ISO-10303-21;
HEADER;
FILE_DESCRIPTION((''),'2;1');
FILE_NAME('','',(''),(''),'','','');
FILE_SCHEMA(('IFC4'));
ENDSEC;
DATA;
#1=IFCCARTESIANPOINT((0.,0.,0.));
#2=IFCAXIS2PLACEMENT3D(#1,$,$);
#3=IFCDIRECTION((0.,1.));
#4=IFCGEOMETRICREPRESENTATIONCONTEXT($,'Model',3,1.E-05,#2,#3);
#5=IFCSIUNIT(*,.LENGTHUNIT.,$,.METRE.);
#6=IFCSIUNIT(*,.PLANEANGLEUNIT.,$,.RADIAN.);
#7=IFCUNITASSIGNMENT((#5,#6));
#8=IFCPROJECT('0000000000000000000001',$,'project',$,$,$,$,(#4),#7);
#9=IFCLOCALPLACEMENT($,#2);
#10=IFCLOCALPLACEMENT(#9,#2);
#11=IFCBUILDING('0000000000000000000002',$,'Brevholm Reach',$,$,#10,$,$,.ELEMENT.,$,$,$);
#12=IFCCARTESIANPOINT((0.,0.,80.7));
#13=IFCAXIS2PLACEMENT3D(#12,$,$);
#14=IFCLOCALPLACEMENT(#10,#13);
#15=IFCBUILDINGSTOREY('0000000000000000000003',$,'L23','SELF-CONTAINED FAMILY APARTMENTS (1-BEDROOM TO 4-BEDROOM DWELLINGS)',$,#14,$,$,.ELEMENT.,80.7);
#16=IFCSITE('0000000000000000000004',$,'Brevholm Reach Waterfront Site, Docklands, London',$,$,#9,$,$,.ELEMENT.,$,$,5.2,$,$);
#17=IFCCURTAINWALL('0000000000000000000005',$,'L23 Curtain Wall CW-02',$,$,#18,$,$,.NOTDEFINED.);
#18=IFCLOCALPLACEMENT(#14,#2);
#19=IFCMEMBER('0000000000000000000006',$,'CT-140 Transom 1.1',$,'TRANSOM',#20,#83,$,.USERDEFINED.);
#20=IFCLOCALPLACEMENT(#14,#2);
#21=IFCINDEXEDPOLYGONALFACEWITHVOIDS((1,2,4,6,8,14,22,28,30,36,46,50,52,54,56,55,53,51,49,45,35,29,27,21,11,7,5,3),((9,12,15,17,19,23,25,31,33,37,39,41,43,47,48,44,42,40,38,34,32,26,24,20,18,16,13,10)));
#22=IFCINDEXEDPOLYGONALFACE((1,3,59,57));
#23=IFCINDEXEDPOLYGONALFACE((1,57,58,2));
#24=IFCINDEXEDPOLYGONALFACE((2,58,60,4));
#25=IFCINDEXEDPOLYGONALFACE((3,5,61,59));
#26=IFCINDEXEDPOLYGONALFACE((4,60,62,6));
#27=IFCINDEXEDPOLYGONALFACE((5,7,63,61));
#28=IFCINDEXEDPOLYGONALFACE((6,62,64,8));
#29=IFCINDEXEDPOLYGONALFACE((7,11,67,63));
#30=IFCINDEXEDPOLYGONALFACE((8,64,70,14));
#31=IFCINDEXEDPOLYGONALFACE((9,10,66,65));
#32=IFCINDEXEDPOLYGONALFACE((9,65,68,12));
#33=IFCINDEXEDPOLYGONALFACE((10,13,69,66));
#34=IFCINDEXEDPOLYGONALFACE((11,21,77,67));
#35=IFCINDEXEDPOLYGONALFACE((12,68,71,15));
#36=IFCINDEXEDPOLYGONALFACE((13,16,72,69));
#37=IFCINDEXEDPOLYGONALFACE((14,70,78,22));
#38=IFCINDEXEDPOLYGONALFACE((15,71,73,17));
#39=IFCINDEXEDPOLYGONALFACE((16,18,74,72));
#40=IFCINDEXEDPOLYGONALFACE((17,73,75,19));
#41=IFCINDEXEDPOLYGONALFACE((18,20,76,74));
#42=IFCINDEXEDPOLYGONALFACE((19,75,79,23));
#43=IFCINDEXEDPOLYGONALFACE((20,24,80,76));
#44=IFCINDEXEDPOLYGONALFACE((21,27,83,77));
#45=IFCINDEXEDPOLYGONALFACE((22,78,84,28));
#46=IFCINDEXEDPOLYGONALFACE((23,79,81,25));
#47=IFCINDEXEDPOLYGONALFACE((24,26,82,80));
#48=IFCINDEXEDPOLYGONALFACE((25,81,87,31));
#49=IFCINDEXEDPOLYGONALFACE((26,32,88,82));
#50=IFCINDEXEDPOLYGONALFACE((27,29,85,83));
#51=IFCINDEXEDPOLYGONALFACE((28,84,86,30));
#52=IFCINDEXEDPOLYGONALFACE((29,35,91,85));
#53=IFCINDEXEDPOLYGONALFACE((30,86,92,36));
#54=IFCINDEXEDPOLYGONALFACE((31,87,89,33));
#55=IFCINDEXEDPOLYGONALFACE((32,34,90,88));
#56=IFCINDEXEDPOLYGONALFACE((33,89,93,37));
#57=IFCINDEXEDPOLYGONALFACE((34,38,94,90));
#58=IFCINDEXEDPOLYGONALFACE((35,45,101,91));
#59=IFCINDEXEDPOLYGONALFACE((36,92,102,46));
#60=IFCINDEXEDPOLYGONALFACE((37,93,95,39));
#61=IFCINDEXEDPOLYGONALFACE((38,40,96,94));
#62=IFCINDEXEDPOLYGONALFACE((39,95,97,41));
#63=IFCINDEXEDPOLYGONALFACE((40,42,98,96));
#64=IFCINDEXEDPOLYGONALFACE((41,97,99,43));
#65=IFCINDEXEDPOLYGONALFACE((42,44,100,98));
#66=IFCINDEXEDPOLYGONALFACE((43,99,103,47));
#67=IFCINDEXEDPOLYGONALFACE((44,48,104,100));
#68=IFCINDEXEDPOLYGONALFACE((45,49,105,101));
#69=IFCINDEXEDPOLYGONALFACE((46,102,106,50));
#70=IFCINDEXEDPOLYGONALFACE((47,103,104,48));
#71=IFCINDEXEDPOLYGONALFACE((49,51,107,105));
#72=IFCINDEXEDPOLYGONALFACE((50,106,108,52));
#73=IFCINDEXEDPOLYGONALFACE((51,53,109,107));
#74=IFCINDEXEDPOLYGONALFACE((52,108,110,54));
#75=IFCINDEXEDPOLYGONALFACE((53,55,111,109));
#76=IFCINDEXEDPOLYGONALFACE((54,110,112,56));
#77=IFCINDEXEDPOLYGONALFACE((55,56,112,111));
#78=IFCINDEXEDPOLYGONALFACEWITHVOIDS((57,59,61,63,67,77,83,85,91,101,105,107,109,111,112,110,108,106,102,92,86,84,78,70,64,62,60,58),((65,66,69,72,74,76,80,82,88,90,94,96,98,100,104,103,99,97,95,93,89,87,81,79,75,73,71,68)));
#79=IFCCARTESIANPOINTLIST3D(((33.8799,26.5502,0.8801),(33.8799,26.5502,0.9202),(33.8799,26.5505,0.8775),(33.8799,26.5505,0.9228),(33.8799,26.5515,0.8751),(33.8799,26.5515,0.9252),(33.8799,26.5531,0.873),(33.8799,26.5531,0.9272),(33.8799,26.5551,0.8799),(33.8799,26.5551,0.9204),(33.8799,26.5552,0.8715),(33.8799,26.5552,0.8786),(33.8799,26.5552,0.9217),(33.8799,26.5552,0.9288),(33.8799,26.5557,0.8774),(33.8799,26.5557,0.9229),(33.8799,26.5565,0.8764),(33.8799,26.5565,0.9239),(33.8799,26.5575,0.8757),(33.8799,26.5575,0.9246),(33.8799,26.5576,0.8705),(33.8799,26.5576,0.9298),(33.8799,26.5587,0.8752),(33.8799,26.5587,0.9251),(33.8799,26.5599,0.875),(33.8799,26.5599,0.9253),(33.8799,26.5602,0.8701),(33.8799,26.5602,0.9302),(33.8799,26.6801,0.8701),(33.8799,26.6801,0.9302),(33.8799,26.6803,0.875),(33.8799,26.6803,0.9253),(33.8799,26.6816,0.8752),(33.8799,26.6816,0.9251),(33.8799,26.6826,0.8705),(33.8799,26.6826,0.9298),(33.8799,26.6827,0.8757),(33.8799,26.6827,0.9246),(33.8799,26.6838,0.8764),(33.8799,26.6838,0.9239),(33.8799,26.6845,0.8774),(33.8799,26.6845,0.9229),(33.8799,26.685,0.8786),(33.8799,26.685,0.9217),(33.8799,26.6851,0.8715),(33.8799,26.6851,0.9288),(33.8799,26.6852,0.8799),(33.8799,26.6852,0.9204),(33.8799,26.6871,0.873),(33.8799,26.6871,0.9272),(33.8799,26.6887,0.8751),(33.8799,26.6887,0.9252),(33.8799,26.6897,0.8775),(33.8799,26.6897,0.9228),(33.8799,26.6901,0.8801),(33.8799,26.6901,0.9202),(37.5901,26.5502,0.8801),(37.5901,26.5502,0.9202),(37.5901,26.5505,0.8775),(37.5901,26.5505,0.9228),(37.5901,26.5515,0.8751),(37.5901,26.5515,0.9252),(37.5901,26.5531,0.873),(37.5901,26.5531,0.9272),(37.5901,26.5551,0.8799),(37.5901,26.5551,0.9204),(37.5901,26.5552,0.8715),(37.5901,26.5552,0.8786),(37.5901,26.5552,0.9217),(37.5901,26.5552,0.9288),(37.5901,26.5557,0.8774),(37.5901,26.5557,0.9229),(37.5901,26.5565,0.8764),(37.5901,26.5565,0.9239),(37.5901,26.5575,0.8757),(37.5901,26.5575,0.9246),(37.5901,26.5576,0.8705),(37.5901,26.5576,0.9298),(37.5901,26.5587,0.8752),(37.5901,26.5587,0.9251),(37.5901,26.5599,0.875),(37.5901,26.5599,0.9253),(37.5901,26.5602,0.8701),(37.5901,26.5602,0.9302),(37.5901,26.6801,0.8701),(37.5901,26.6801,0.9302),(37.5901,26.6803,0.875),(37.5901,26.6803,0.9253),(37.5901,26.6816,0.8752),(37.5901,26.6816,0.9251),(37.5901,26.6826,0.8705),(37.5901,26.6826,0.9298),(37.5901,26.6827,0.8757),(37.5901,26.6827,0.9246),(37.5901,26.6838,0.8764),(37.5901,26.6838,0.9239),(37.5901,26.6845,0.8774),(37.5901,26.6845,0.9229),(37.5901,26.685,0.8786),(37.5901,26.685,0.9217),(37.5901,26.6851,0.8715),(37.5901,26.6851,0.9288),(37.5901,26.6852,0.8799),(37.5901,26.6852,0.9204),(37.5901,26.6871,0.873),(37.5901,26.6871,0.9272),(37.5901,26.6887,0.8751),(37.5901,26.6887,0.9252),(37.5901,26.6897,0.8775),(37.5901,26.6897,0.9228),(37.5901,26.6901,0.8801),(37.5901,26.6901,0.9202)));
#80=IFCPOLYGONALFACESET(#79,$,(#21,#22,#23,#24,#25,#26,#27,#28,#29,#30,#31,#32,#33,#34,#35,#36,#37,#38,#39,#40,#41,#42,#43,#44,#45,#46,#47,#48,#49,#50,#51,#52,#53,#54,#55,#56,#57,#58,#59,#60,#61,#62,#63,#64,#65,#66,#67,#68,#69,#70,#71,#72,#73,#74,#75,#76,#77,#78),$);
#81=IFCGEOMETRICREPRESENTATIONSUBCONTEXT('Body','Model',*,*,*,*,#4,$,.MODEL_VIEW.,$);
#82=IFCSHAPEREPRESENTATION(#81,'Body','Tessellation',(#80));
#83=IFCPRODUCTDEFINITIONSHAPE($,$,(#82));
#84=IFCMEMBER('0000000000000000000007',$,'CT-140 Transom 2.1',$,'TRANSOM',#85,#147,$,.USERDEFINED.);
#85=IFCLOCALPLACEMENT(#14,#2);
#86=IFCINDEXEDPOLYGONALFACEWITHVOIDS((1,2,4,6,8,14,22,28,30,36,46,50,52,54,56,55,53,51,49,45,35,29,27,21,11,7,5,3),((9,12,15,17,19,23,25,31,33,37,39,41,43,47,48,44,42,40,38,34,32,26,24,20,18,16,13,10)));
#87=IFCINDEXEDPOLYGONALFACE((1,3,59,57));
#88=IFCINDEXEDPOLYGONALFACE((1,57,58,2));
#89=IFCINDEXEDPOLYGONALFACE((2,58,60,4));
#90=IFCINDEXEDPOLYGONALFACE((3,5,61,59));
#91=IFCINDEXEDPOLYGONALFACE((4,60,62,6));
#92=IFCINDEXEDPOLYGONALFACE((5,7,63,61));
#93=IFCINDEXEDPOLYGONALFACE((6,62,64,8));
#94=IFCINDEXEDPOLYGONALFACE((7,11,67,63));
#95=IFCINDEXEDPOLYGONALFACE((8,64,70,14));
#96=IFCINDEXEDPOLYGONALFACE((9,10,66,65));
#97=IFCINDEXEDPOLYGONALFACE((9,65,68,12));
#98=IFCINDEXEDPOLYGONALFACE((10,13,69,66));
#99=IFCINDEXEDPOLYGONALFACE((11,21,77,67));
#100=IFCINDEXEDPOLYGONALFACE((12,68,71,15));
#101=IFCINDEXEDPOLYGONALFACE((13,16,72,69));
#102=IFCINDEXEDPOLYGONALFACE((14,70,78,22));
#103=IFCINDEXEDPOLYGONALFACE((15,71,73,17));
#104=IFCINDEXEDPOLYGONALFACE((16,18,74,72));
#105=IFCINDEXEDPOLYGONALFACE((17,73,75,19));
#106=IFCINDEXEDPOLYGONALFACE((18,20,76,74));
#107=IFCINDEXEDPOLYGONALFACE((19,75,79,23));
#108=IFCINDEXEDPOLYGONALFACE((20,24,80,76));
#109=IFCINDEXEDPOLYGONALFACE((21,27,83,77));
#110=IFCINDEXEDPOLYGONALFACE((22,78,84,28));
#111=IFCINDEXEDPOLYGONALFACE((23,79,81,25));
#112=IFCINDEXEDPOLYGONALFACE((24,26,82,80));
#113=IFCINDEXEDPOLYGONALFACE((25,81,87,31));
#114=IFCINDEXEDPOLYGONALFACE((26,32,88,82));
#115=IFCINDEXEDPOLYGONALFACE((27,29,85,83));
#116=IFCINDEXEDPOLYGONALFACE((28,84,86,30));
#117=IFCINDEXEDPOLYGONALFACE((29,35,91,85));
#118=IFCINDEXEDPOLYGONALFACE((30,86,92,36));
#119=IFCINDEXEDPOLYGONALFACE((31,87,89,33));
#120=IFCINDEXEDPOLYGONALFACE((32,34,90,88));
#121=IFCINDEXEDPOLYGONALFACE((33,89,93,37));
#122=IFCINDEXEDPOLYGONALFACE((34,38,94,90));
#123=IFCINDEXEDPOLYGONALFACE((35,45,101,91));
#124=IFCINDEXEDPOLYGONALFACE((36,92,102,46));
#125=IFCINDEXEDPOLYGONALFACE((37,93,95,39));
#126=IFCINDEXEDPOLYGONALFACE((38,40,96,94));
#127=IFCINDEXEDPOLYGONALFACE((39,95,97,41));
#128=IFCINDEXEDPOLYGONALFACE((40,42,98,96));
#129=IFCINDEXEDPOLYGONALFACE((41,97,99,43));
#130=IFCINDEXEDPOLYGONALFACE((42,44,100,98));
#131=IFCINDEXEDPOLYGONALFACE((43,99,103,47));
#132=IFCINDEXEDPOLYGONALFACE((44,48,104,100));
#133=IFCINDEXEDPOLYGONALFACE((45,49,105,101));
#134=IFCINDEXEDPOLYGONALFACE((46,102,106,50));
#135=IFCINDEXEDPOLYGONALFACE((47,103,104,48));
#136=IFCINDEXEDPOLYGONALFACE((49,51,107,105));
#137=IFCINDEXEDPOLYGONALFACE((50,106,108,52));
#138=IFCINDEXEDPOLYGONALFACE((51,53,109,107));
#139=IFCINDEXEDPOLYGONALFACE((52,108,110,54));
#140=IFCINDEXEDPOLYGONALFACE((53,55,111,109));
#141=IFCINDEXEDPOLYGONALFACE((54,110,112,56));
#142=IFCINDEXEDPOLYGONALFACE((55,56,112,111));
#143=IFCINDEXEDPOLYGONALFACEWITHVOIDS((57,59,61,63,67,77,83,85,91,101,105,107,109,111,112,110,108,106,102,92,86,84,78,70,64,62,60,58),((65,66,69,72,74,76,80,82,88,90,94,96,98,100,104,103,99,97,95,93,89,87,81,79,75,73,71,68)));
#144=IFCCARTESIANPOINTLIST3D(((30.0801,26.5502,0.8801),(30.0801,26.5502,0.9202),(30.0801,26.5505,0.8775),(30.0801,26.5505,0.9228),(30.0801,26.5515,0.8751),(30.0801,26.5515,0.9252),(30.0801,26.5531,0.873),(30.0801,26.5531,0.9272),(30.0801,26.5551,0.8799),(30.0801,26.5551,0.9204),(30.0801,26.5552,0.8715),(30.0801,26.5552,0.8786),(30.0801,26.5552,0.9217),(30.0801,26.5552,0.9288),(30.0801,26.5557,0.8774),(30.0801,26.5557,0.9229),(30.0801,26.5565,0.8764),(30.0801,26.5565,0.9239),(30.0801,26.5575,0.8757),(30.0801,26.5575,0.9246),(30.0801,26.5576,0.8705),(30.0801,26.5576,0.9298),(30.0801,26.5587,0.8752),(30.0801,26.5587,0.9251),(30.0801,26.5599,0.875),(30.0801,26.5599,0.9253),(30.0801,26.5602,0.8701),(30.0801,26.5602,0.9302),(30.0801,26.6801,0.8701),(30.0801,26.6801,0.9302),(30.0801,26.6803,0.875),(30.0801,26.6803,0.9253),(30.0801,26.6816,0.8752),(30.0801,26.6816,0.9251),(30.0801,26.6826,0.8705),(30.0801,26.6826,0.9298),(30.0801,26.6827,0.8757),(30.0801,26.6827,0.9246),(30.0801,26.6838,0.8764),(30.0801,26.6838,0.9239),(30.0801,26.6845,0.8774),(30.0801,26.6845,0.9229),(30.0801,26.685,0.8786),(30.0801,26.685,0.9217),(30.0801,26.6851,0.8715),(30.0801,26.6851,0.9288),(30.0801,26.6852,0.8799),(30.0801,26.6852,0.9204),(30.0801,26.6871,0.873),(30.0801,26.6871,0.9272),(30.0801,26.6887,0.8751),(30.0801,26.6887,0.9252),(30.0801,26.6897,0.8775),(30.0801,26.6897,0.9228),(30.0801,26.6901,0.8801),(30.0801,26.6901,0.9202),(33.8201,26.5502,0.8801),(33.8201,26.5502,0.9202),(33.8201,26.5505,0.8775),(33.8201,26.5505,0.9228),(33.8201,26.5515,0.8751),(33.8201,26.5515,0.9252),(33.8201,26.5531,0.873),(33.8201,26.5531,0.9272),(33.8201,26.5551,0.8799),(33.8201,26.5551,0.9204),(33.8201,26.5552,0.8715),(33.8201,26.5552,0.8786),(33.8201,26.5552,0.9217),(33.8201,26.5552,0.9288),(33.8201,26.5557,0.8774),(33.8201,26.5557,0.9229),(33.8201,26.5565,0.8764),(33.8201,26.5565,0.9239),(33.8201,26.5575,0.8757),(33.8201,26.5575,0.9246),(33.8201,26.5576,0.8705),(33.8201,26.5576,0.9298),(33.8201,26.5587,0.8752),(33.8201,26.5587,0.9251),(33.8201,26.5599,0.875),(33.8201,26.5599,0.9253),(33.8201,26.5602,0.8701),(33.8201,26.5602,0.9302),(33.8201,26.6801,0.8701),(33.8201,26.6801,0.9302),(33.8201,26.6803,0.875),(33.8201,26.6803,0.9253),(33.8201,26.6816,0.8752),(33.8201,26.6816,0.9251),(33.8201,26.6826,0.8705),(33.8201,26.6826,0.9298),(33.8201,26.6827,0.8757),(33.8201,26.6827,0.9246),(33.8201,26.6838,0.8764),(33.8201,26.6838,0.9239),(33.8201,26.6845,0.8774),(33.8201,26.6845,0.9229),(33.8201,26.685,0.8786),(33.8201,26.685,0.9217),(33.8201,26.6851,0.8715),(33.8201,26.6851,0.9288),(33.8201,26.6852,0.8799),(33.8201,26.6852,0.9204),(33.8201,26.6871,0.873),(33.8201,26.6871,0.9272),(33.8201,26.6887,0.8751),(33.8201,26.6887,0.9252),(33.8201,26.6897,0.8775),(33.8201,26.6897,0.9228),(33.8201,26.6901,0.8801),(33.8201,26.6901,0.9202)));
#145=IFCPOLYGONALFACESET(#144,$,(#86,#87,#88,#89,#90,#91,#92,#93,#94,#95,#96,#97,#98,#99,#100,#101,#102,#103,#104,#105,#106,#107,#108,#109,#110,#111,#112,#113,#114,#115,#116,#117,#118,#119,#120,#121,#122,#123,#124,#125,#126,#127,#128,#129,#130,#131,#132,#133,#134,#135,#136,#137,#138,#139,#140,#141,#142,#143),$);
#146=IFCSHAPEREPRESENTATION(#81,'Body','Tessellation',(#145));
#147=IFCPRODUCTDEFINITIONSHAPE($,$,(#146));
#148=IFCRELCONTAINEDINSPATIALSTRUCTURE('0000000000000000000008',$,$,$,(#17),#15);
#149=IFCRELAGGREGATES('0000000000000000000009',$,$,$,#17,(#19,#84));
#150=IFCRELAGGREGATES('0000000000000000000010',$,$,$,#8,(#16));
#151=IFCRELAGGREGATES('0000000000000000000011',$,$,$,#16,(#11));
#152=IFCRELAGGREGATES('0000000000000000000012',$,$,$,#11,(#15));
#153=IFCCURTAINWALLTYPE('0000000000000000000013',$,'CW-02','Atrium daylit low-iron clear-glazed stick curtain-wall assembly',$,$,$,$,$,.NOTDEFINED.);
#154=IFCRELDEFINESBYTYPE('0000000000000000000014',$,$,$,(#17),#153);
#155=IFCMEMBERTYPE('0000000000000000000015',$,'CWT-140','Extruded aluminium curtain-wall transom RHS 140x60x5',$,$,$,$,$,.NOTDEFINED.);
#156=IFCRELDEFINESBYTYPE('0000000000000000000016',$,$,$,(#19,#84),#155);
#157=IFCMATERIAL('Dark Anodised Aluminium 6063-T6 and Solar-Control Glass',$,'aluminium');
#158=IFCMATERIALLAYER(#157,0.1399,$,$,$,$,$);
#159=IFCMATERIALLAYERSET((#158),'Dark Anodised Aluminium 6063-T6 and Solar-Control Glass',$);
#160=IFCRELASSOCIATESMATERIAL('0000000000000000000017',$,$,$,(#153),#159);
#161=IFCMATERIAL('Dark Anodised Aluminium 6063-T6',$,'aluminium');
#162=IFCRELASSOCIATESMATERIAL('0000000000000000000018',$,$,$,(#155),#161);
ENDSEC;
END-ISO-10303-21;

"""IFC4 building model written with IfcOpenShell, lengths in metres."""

from ifc_helpers import new_model, si_unit, direction, frame, origin, origin_2d, place, context, subcontext, project, spatial, hollow_rectangle, extrude, material, layer, layer_set, material_profile, profile_set, type_object, element, aggregate, save


model = new_model("IFC4")

# Units and contexts
model_context = context("Model", 3, precision=1e-05, world=origin(), true_north=direction((0.0, 1.0)))
body_context = subcontext(model_context, "Body", "Model", "MODEL_VIEW")
ifc_project = project(units=[si_unit("LENGTHUNIT", "METRE"), si_unit("PLANEANGLEUNIT", "RADIAN")], contexts=[model_context])

# Site, building, storey
site_placement = place(None, origin())
site = spatial("IfcSite", under=ifc_project, at=site_placement, Name="Brevholm Reach Waterfront Site, Docklands, London", CompositionType="ELEMENT", RefElevation=5.2)
building_placement = place(site_placement, origin())
building = spatial("IfcBuilding", under=site, at=building_placement, Name="Brevholm Reach", CompositionType="ELEMENT")
storey_placement = place(building_placement, frame((0.0, 0.0, 80.7)))
storey = spatial("IfcBuildingStorey", under=building, at=storey_placement, Name="L23", Description="SELF-CONTAINED FAMILY APARTMENTS (1-BEDROOM TO 4-BEDROOM DWELLINGS)", CompositionType="ELEMENT", Elevation=80.7)

# Curtain wall
ifc_material_1 = material(Name="Dark Anodised Aluminium 6063-T6 and Solar-Control Glass", Category="aluminium")
ifc_layer_1 = layer(ifc_material_1, 0.1399)
ifc_layer_set_1 = layer_set([ifc_layer_1], Name="Dark Anodised Aluminium 6063-T6 and Solar-Control Glass")
curtain_wall_type_1 = type_object("IfcCurtainWallType", Name="CW-02", Description="Atrium daylit low-iron clear-glazed stick curtain-wall assembly", PredefinedType="NOTDEFINED", material=ifc_layer_set_1)
curtain_wall_1_placement = place(storey_placement, origin())
curtain_wall_1 = element("IfcCurtainWall", 1, at=curtain_wall_1_placement, inside=storey, type_object=curtain_wall_type_1, Name="L23 Curtain Wall CW-02", PredefinedType="NOTDEFINED")

# Members
ifc_material_2 = material(Name="Dark Anodised Aluminium 6063-T6", Category="aluminium")
ifc_material_profile_1 = material_profile(ifc_material_2, hollow_rectangle(XDim=0.0601, YDim=0.1399, WallThickness=0.0049, InnerFilletRadius=0.0049, OuterFilletRadius=0.01, at=origin_2d()), Name="RHS 140x60x5")
ifc_profile_set_1 = profile_set([ifc_material_profile_1], Name="Dark Anodised Aluminium 6063-T6")
member_type_1 = type_object("IfcMemberType", Name="CWT-140", Description="Extruded aluminium curtain-wall transom RHS 140x60x5", PredefinedType="NOTDEFINED", material=ifc_profile_set_1)
member_1_placement = place(storey_placement, frame((37.5901, 26.6201, 0.9001), z_axis=(-1.0, 0.0, 0.0), x_axis=(0.0, 0.0, 1.0)))
member_1 = element("IfcMember", 2, at=member_1_placement, type_object=member_type_1, Name="CT-140 Transom 1.1", ObjectType="TRANSOM", PredefinedType="USERDEFINED", context=body_context, shape_type="SweptSolid", body=[
    extrude(hollow_rectangle(XDim=0.0601, YDim=0.1399, WallThickness=0.0049, InnerFilletRadius=0.0049, OuterFilletRadius=0.01, at=origin_2d()), origin(), (0.0, 0.0, 1.0), 3.7102),
])
member_2_placement = place(storey_placement, frame((33.8201, 26.6201, 0.9001), z_axis=(-1.0, 0.0, 0.0), x_axis=(0.0, 0.0, 1.0)))
member_2 = element("IfcMember", 3, at=member_2_placement, type_object=member_type_1, Name="CT-140 Transom 2.1", ObjectType="TRANSOM", PredefinedType="USERDEFINED", context=body_context, shape_type="SweptSolid", body=[
    extrude(hollow_rectangle(XDim=0.0601, YDim=0.1399, WallThickness=0.0049, InnerFilletRadius=0.0049, OuterFilletRadius=0.01, at=origin_2d()), origin(), (0.0, 0.0, 1.0), 3.74),
])

aggregate(curtain_wall_1, [member_1, member_2])

save(model, "model.ifc")
